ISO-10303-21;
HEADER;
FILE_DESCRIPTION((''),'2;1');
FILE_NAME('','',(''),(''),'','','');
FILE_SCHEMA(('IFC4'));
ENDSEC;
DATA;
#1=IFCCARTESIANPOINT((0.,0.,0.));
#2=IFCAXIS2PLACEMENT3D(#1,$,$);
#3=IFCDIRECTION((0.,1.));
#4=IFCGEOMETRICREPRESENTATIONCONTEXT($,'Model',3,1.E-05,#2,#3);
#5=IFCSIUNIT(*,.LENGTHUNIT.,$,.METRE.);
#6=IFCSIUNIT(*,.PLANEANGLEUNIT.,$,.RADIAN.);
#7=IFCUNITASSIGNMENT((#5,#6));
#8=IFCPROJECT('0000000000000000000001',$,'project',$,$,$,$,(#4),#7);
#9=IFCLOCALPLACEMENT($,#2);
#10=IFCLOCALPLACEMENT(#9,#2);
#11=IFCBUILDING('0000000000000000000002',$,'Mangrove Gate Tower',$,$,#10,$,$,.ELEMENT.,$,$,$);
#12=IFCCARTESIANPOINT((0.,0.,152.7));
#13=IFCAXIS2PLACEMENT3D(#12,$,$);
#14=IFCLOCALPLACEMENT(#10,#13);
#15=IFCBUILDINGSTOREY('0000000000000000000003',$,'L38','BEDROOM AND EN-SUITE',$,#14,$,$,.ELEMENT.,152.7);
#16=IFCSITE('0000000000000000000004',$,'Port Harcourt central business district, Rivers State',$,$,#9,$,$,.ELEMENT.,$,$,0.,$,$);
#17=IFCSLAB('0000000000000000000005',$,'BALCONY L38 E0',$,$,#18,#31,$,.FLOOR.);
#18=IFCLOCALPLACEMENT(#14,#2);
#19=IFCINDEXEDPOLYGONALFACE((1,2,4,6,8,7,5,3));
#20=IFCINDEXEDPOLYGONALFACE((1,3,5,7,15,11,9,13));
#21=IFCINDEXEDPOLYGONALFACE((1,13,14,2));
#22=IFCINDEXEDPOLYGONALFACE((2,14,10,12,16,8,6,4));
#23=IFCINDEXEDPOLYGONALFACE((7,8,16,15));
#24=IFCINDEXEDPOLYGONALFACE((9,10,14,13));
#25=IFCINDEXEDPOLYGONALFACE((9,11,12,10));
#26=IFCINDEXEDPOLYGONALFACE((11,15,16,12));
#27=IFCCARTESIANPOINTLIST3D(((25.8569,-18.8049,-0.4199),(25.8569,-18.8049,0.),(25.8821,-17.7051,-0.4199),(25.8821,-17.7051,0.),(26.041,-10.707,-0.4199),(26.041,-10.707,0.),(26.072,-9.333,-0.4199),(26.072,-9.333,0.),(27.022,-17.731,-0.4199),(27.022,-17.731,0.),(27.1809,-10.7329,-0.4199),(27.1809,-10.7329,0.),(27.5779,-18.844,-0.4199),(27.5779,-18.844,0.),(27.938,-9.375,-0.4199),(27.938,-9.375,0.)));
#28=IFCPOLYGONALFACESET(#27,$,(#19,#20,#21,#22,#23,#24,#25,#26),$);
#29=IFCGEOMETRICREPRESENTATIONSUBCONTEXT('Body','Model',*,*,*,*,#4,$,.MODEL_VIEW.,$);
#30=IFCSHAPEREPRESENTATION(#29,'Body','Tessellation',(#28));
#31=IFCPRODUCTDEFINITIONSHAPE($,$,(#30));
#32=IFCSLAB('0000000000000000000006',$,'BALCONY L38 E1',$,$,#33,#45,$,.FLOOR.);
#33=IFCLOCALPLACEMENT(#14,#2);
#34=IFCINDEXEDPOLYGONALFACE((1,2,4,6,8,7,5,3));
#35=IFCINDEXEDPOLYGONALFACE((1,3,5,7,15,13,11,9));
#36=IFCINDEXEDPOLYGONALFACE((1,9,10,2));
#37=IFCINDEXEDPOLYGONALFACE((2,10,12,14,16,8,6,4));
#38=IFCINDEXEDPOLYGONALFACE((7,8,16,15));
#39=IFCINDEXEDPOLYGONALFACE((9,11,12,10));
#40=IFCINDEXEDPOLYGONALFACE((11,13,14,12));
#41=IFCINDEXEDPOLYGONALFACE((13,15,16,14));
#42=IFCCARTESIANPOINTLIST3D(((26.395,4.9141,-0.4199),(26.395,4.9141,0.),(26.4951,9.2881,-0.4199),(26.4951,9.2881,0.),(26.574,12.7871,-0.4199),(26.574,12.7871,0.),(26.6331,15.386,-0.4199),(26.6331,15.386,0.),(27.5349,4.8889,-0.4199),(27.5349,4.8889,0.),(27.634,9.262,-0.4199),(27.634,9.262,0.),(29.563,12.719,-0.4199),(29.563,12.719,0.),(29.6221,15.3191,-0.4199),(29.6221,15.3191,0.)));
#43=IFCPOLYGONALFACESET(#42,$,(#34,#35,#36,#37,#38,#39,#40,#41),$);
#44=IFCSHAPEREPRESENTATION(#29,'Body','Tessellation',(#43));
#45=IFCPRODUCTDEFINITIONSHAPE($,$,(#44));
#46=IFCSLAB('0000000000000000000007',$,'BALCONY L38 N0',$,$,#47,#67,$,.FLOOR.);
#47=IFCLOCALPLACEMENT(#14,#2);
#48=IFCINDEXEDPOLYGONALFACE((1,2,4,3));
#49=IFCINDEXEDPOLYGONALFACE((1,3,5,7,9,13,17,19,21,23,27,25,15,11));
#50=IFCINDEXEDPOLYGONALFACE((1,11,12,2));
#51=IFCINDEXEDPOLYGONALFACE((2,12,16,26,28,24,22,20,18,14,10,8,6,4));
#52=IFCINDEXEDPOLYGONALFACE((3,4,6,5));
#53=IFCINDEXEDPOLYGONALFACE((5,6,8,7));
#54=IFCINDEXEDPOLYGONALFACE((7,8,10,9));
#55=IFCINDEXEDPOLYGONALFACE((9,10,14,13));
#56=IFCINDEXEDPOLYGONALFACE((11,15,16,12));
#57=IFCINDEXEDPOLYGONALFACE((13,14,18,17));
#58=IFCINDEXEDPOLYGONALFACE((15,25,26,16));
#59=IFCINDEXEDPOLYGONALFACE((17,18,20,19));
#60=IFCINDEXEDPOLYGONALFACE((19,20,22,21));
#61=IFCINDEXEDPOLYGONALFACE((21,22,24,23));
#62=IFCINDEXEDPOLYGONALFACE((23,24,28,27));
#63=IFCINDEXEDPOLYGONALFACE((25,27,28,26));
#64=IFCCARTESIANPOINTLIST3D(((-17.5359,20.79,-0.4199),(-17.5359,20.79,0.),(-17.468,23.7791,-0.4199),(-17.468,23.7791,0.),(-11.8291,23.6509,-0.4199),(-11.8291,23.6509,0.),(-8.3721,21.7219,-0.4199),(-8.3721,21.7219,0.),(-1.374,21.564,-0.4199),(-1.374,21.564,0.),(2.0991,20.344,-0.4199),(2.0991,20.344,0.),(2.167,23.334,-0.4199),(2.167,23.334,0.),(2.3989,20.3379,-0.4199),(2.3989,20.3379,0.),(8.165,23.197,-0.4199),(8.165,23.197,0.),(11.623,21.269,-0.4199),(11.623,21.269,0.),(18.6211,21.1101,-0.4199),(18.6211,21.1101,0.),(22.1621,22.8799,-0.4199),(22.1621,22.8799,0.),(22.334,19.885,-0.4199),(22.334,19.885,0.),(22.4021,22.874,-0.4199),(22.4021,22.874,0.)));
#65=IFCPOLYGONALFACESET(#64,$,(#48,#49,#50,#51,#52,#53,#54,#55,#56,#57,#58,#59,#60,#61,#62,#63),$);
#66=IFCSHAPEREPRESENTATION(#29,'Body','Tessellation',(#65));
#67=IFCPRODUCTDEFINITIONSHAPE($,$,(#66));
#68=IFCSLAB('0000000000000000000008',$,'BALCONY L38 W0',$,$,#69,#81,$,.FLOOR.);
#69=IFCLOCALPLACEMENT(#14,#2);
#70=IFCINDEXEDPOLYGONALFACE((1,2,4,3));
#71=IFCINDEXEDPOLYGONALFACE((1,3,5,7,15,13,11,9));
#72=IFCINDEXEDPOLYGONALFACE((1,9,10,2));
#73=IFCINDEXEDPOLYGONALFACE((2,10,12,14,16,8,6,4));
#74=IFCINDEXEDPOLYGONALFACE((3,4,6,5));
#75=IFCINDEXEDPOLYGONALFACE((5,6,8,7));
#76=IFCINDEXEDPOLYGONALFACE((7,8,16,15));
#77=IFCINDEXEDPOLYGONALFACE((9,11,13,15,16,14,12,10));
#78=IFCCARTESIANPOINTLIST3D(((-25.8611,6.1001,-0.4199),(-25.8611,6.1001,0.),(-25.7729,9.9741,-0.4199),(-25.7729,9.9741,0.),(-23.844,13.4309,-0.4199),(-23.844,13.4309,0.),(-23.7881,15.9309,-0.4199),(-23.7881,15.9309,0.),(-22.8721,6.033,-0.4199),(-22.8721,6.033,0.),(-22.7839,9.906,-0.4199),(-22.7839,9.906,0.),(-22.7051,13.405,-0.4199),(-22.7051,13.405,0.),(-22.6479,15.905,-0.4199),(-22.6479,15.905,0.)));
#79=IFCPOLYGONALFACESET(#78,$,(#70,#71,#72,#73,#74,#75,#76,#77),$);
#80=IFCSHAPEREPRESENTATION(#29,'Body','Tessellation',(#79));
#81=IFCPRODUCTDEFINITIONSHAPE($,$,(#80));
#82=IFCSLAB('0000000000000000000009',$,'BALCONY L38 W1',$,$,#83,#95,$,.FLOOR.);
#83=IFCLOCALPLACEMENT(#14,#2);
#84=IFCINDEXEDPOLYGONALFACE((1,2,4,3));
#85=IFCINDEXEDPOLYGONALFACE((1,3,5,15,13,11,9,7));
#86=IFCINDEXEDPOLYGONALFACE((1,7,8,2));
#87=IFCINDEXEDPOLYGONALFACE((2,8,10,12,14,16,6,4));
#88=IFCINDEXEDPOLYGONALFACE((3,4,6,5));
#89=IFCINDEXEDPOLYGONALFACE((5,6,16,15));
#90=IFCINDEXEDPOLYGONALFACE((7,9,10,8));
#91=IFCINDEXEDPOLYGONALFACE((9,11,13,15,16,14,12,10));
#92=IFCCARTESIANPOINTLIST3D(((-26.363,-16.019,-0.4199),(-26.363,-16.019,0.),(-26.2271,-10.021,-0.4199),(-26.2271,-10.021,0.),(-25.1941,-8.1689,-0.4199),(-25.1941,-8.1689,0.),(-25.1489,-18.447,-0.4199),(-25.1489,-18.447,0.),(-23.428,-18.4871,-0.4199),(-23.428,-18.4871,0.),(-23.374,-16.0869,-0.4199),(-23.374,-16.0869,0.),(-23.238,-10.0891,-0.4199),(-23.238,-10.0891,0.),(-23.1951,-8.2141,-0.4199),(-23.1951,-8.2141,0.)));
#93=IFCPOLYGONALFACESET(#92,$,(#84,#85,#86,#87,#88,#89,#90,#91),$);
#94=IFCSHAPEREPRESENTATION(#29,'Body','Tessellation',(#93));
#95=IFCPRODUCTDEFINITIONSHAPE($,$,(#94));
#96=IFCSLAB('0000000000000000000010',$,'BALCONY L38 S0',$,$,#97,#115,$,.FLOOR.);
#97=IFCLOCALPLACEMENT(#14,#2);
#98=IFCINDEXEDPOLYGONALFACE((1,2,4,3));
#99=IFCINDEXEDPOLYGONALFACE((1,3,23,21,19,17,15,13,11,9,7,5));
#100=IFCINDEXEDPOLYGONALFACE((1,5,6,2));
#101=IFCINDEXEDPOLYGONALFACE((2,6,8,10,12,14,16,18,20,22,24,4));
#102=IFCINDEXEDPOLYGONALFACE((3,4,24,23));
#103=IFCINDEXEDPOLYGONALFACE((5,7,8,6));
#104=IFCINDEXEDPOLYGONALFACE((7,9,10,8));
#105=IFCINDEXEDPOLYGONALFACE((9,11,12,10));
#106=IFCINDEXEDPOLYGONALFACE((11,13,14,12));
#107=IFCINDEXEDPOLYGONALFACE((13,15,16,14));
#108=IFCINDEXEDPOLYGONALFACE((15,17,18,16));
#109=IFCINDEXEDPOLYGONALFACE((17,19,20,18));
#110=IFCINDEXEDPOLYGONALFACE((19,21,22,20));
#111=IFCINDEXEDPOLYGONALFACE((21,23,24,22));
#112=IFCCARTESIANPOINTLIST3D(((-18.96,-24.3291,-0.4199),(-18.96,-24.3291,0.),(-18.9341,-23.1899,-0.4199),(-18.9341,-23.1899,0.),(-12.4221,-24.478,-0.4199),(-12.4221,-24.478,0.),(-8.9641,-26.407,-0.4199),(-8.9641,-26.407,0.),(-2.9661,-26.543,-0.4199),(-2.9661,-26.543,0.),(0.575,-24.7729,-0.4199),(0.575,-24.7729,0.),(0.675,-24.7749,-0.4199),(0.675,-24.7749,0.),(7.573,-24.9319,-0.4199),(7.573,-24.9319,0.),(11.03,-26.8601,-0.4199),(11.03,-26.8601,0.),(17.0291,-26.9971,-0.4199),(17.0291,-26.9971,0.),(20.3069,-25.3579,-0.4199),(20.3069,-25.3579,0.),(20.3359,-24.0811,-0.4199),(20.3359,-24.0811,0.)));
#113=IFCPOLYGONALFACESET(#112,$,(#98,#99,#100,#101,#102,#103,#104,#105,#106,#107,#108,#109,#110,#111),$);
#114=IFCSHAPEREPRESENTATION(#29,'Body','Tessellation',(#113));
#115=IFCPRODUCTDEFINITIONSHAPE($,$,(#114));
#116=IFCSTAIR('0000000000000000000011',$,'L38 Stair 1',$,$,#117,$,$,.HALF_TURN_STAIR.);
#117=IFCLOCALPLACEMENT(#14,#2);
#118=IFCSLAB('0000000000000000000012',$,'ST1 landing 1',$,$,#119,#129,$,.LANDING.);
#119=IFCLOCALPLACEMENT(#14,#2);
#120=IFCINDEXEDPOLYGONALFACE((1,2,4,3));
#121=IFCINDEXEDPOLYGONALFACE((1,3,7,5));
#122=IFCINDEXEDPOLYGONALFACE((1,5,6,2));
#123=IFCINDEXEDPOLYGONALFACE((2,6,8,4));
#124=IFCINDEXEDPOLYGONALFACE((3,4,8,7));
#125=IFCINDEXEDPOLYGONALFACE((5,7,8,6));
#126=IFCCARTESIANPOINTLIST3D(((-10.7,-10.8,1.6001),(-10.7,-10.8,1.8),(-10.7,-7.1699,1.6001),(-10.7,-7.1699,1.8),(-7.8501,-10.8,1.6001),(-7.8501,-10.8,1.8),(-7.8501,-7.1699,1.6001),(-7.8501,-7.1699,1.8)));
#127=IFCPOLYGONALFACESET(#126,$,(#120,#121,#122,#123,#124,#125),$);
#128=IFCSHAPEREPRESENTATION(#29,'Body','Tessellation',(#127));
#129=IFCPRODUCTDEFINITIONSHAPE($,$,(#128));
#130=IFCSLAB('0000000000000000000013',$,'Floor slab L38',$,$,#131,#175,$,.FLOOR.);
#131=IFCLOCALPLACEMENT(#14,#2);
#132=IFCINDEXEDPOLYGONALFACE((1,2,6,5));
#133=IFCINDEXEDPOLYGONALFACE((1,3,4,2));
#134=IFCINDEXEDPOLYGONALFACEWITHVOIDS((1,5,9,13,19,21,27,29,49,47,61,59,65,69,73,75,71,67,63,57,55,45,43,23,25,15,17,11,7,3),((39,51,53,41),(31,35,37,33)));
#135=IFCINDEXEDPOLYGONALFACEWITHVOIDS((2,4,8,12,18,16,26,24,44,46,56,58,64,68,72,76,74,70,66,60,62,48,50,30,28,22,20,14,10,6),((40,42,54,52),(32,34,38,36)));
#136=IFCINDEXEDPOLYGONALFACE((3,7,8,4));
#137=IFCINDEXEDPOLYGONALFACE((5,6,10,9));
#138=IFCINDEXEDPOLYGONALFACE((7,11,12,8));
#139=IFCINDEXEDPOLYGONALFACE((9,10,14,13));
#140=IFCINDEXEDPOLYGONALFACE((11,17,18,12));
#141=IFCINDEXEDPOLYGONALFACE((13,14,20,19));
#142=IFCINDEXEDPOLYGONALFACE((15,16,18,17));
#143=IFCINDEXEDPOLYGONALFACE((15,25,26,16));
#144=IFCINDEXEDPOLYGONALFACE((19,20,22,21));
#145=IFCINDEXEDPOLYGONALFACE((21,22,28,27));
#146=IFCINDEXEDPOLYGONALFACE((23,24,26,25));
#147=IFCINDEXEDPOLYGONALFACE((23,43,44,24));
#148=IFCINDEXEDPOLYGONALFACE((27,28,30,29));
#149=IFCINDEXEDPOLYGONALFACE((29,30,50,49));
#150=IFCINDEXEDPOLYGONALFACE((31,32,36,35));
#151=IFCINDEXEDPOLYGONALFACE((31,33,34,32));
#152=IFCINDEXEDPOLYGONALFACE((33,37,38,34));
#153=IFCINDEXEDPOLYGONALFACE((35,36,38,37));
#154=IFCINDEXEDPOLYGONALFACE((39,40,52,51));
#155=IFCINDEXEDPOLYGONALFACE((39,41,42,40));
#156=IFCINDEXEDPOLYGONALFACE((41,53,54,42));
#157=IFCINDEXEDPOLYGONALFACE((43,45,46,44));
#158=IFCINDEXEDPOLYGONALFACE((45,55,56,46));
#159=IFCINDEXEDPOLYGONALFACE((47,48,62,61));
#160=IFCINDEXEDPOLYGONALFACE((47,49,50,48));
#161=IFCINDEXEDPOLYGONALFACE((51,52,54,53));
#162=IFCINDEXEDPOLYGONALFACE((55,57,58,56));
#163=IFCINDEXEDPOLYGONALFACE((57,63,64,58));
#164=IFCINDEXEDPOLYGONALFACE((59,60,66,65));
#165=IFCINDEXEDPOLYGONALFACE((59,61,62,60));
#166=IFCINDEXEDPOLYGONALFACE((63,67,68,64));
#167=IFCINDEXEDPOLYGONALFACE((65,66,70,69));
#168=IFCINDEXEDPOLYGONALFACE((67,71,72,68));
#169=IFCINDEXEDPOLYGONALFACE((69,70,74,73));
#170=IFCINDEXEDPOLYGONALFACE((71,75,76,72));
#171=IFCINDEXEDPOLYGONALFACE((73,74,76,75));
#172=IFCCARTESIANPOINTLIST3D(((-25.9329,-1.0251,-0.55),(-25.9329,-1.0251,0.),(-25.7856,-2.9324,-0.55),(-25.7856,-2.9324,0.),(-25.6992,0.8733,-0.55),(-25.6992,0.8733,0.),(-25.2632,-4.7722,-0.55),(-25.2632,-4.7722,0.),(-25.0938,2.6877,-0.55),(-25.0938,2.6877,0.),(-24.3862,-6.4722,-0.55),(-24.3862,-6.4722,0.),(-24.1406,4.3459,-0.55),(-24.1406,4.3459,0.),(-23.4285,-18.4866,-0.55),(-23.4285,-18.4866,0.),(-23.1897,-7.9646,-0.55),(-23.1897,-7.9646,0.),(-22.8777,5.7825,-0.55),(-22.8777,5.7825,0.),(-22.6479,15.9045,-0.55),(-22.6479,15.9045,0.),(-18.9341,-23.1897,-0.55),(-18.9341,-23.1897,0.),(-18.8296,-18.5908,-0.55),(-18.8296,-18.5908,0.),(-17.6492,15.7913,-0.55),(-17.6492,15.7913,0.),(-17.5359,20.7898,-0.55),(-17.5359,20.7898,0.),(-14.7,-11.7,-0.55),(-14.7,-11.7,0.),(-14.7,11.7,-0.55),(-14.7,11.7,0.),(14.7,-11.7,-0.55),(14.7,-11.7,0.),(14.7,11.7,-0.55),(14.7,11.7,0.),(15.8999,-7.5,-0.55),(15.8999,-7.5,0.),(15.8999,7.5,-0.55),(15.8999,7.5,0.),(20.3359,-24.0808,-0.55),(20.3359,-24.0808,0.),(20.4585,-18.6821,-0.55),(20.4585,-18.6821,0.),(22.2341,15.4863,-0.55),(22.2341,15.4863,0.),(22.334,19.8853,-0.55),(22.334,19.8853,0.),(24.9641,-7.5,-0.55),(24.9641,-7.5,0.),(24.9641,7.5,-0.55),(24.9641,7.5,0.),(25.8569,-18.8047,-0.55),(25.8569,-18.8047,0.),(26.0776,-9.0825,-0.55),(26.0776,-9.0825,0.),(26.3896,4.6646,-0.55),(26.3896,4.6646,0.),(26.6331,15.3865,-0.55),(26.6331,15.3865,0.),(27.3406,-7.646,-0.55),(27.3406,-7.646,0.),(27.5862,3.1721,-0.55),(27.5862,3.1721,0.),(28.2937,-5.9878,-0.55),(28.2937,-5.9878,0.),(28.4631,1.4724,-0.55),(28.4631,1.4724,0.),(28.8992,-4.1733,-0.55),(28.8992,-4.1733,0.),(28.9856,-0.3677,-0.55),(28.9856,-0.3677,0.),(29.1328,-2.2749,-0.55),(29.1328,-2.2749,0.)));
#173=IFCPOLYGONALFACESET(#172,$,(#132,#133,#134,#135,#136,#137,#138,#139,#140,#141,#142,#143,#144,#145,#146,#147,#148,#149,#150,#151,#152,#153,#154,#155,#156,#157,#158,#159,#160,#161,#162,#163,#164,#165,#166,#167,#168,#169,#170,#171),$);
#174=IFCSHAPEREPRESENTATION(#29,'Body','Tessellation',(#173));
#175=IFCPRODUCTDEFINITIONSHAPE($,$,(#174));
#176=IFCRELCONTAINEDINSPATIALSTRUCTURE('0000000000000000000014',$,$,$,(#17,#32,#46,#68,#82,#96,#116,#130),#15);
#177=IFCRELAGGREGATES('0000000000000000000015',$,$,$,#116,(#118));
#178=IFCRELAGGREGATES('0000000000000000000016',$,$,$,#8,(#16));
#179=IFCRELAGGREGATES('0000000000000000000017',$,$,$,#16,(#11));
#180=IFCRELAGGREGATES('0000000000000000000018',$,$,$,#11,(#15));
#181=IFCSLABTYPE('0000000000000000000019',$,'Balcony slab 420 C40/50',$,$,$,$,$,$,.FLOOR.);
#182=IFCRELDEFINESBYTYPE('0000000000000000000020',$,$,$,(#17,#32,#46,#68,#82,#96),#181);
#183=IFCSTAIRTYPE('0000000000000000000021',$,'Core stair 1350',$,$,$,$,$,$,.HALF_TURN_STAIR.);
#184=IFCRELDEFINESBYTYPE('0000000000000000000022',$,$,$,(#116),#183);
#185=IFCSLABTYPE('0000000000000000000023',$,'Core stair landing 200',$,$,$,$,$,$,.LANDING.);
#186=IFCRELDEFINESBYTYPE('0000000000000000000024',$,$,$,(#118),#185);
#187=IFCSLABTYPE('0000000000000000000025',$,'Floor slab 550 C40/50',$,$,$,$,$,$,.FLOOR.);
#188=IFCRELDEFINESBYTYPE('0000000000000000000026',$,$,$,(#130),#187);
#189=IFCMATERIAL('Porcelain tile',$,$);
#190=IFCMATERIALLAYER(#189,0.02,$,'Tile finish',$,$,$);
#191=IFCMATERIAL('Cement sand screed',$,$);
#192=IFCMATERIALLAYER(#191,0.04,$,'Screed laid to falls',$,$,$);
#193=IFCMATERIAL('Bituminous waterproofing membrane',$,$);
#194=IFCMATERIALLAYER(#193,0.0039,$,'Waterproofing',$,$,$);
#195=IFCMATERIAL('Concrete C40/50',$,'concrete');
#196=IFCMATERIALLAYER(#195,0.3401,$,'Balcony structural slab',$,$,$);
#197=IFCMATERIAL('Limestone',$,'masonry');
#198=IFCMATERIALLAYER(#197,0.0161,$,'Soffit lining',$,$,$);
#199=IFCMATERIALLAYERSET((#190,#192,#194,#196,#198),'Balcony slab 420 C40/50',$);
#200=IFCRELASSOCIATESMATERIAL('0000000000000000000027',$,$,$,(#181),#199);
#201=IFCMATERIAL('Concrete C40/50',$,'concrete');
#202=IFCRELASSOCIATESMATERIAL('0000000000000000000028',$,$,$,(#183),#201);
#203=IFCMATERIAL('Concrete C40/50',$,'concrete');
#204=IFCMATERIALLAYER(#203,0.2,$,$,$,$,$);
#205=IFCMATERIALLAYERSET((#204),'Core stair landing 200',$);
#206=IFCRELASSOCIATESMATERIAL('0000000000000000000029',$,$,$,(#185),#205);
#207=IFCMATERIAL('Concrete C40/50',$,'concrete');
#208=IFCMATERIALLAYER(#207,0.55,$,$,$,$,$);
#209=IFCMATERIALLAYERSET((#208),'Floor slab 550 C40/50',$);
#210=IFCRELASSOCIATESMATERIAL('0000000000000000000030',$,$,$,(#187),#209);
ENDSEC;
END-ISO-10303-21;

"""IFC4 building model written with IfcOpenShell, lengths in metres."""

from ifc_helpers import new_model, si_unit, direction, frame, origin, place, context, subcontext, project, spatial, polyline, outline, extrude, material, layer, layer_set, type_object, element, aggregate, save


model = new_model("IFC4")

# Units and contexts
model_context = context("Model", 3, precision=1e-05, world=origin(), true_north=direction((0.0, 1.0)))
body_context = subcontext(model_context, "Body", "Model", "MODEL_VIEW")
ifc_project = project(units=[si_unit("LENGTHUNIT", "METRE"), si_unit("PLANEANGLEUNIT", "RADIAN")], contexts=[model_context])

# Site, building, storey
site_placement = place(None, origin())
site = spatial("IfcSite", under=ifc_project, at=site_placement, Name="Port Harcourt central business district, Rivers State", CompositionType="ELEMENT", RefElevation=0.0)
building_placement = place(site_placement, origin())
building = spatial("IfcBuilding", under=site, at=building_placement, Name="Mangrove Gate Tower", CompositionType="ELEMENT")
storey_placement = place(building_placement, frame((0.0, 0.0, 152.7)))
storey = spatial("IfcBuildingStorey", under=building, at=storey_placement, Name="L38", Description="BEDROOM AND EN-SUITE", CompositionType="ELEMENT", Elevation=152.7)

# Slabs
ifc_material_1 = material(Name="Porcelain tile")
ifc_layer_1 = layer(ifc_material_1, 0.02, Name="Tile finish")
ifc_material_2 = material(Name="Cement sand screed")
ifc_layer_2 = layer(ifc_material_2, 0.04, Name="Screed laid to falls")
ifc_material_3 = material(Name="Bituminous waterproofing membrane")
ifc_layer_3 = layer(ifc_material_3, 0.0039, Name="Waterproofing")
ifc_material_4 = material(Name="Concrete C40/50", Category="concrete")
ifc_layer_4 = layer(ifc_material_4, 0.3401, Name="Balcony structural slab")
ifc_material_5 = material(Name="Limestone", Category="masonry")
ifc_layer_5 = layer(ifc_material_5, 0.0161, Name="Soffit lining")
ifc_layer_set_1 = layer_set([ifc_layer_1, ifc_layer_2, ifc_layer_3, ifc_layer_4, ifc_layer_5], Name="Balcony slab 420 C40/50")
slab_type_1 = type_object("IfcSlabType", Name="Balcony slab 420 C40/50", PredefinedType="FLOOR", material=ifc_layer_set_1)
slab_1_placement = place(storey_placement, frame((0.0, 0.0, -0.4199)))
element("IfcSlab", 1, at=slab_1_placement, inside=storey, type_object=slab_type_1, Name="BALCONY L38 E0", PredefinedType="FLOOR", context=body_context, shape_type="SweptSolid", body=[
    extrude(outline(polyline([(27.5779, -18.844), (27.022, -17.731), (27.1809, -10.7329), (27.938, -9.375), (26.072, -9.333), (26.041, -10.707), (25.8821, -17.7051), (25.8569, -18.8049), (27.5779, -18.844)])), origin(), (0.0, 0.0, 1.0), 0.4199),
])
slab_2_placement = place(storey_placement, frame((0.0, 0.0, -0.4199)))
element("IfcSlab", 2, at=slab_2_placement, inside=storey, type_object=slab_type_1, Name="BALCONY L38 E1", PredefinedType="FLOOR", context=body_context, shape_type="SweptSolid", body=[
    extrude(outline(polyline([(27.5349, 4.8889), (27.634, 9.262), (29.563, 12.719), (29.6221, 15.3191), (26.6331, 15.386), (26.574, 12.7871), (26.4951, 9.2881), (26.395, 4.9141), (27.5349, 4.8889)])), origin(), (0.0, 0.0, 1.0), 0.4199),
])
slab_3_placement = place(storey_placement, frame((0.0, 0.0, -0.4199)))
element("IfcSlab", 3, at=slab_3_placement, inside=storey, type_object=slab_type_1, Name="BALCONY L38 N0", PredefinedType="FLOOR", context=body_context, shape_type="SweptSolid", body=[
    extrude(outline(polyline([(22.4021, 22.874), (22.1621, 22.8799), (18.6211, 21.1101), (11.623, 21.269), (8.165, 23.197), (2.167, 23.334), (-1.374, 21.564), (-8.3721, 21.7219), (-11.8291, 23.6509), (-17.468, 23.7791), (-17.5359, 20.79), (2.0991, 20.344), (2.3989, 20.3379), (22.334, 19.885), (22.4021, 22.874)])), origin(), (0.0, 0.0, 1.0), 0.4199),
])
slab_4_placement = place(storey_placement, frame((0.0, 0.0, -0.4199)))
element("IfcSlab", 4, at=slab_4_placement, inside=storey, type_object=slab_type_1, Name="BALCONY L38 W0", PredefinedType="FLOOR", context=body_context, shape_type="SweptSolid", body=[
    extrude(outline(polyline([(-23.7881, 15.9309), (-23.844, 13.4309), (-25.7729, 9.9741), (-25.8611, 6.1001), (-22.8721, 6.033), (-22.7839, 9.906), (-22.7051, 13.405), (-22.6479, 15.905), (-23.7881, 15.9309)])), origin(), (0.0, 0.0, 1.0), 0.4199),
])
slab_5_placement = place(storey_placement, frame((0.0, 0.0, -0.4199)))
element("IfcSlab", 5, at=slab_5_placement, inside=storey, type_object=slab_type_1, Name="BALCONY L38 W1", PredefinedType="FLOOR", context=body_context, shape_type="SweptSolid", body=[
    extrude(outline(polyline([(-25.1941, -8.1689), (-26.2271, -10.021), (-26.363, -16.019), (-25.1489, -18.447), (-23.428, -18.4871), (-23.374, -16.0869), (-23.238, -10.0891), (-23.1951, -8.2141), (-25.1941, -8.1689)])), origin(), (0.0, 0.0, 1.0), 0.4199),
])
slab_6_placement = place(storey_placement, frame((0.0, 0.0, -0.4199)))
element("IfcSlab", 6, at=slab_6_placement, inside=storey, type_object=slab_type_1, Name="BALCONY L38 S0", PredefinedType="FLOOR", context=body_context, shape_type="SweptSolid", body=[
    extrude(outline(polyline([(-18.96, -24.3291), (-12.4221, -24.478), (-8.9641, -26.407), (-2.9661, -26.543), (0.575, -24.7729), (0.675, -24.7749), (7.573, -24.9319), (11.03, -26.8601), (17.0291, -26.9971), (20.3069, -25.3579), (20.3359, -24.0811), (-18.9341, -23.1899), (-18.96, -24.3291)])), origin(), (0.0, 0.0, 1.0), 0.4199),
])

# Stair, slab
ifc_material_6 = material(Name="Concrete C40/50", Category="concrete")
stair_type = type_object("IfcStairType", Name="Core stair 1350", PredefinedType="HALF_TURN_STAIR", material=ifc_material_6)
stair_placement = place(storey_placement, origin())
stair = element("IfcStair", 7, at=stair_placement, inside=storey, type_object=stair_type, Name="L38 Stair 1", PredefinedType="HALF_TURN_STAIR")
ifc_material_7 = material(Name="Concrete C40/50", Category="concrete")
ifc_layer_6 = layer(ifc_material_7, 0.2)
ifc_layer_set_2 = layer_set([ifc_layer_6], Name="Core stair landing 200")
slab_type_2 = type_object("IfcSlabType", Name="Core stair landing 200", PredefinedType="LANDING", material=ifc_layer_set_2)
slab_7_placement = place(storey_placement, frame((0.0, 0.0, 1.6001)))
slab_7 = element("IfcSlab", 8, at=slab_7_placement, type_object=slab_type_2, Name="ST1 landing 1", PredefinedType="LANDING", context=body_context, shape_type="SweptSolid", body=[
    extrude(outline(polyline([(-10.7, -7.1699), (-10.7, -10.8), (-7.8501, -10.8), (-7.8501, -7.1699), (-10.7, -7.1699)])), origin(), (0.0, 0.0, 1.0), 0.2),
])
aggregate(stair, [slab_7])

# Slab
ifc_material_8 = material(Name="Concrete C40/50", Category="concrete")
ifc_layer_7 = layer(ifc_material_8, 0.55)
ifc_layer_set_3 = layer_set([ifc_layer_7], Name="Floor slab 550 C40/50")
slab_type_3 = type_object("IfcSlabType", Name="Floor slab 550 C40/50", PredefinedType="FLOOR", material=ifc_layer_set_3)
slab_8_placement = place(storey_placement, frame((0.0, 0.0, -0.55)))
element("IfcSlab", 9, at=slab_8_placement, inside=storey, type_object=slab_type_3, Name="Floor slab L38", PredefinedType="FLOOR", context=body_context, shape_type="SweptSolid", body=[
    extrude(outline(polyline([(-18.9341, -23.1897), (20.3359, -24.0808), (20.4585, -18.6821), (25.8569, -18.8047), (26.0776, -9.0825), (27.3406, -7.646), (28.2937, -5.9878), (28.8992, -4.1733), (29.1328, -2.2749), (28.9856, -0.3677), (28.4631, 1.4724), (27.5862, 3.1721), (26.3896, 4.6646), (26.6331, 15.3865), (22.2341, 15.4863), (22.334, 19.8853), (-17.5359, 20.7898), (-17.6492, 15.7913), (-22.6479, 15.9045), (-22.8777, 5.7825), (-24.1406, 4.3459), (-25.0938, 2.6877), (-25.6992, 0.8733), (-25.9329, -1.0251), (-25.7856, -2.9324), (-25.2632, -4.7722), (-24.3862, -6.4722), (-23.1897, -7.9646), (-23.4285, -18.4866), (-18.8296, -18.5908), (-18.9341, -23.1897)]), holes=[polyline([(15.8999, 7.5), (24.9641, 7.5), (24.9641, -7.5), (15.8999, -7.5), (15.8999, 7.5)]), polyline([(-14.7, -11.7), (-14.7, 11.7), (14.7, 11.7), (14.7, -11.7), (-14.7, -11.7)])]), origin(), (0.0, 0.0, 1.0), 0.55),
])

save(model, "model.ifc")
